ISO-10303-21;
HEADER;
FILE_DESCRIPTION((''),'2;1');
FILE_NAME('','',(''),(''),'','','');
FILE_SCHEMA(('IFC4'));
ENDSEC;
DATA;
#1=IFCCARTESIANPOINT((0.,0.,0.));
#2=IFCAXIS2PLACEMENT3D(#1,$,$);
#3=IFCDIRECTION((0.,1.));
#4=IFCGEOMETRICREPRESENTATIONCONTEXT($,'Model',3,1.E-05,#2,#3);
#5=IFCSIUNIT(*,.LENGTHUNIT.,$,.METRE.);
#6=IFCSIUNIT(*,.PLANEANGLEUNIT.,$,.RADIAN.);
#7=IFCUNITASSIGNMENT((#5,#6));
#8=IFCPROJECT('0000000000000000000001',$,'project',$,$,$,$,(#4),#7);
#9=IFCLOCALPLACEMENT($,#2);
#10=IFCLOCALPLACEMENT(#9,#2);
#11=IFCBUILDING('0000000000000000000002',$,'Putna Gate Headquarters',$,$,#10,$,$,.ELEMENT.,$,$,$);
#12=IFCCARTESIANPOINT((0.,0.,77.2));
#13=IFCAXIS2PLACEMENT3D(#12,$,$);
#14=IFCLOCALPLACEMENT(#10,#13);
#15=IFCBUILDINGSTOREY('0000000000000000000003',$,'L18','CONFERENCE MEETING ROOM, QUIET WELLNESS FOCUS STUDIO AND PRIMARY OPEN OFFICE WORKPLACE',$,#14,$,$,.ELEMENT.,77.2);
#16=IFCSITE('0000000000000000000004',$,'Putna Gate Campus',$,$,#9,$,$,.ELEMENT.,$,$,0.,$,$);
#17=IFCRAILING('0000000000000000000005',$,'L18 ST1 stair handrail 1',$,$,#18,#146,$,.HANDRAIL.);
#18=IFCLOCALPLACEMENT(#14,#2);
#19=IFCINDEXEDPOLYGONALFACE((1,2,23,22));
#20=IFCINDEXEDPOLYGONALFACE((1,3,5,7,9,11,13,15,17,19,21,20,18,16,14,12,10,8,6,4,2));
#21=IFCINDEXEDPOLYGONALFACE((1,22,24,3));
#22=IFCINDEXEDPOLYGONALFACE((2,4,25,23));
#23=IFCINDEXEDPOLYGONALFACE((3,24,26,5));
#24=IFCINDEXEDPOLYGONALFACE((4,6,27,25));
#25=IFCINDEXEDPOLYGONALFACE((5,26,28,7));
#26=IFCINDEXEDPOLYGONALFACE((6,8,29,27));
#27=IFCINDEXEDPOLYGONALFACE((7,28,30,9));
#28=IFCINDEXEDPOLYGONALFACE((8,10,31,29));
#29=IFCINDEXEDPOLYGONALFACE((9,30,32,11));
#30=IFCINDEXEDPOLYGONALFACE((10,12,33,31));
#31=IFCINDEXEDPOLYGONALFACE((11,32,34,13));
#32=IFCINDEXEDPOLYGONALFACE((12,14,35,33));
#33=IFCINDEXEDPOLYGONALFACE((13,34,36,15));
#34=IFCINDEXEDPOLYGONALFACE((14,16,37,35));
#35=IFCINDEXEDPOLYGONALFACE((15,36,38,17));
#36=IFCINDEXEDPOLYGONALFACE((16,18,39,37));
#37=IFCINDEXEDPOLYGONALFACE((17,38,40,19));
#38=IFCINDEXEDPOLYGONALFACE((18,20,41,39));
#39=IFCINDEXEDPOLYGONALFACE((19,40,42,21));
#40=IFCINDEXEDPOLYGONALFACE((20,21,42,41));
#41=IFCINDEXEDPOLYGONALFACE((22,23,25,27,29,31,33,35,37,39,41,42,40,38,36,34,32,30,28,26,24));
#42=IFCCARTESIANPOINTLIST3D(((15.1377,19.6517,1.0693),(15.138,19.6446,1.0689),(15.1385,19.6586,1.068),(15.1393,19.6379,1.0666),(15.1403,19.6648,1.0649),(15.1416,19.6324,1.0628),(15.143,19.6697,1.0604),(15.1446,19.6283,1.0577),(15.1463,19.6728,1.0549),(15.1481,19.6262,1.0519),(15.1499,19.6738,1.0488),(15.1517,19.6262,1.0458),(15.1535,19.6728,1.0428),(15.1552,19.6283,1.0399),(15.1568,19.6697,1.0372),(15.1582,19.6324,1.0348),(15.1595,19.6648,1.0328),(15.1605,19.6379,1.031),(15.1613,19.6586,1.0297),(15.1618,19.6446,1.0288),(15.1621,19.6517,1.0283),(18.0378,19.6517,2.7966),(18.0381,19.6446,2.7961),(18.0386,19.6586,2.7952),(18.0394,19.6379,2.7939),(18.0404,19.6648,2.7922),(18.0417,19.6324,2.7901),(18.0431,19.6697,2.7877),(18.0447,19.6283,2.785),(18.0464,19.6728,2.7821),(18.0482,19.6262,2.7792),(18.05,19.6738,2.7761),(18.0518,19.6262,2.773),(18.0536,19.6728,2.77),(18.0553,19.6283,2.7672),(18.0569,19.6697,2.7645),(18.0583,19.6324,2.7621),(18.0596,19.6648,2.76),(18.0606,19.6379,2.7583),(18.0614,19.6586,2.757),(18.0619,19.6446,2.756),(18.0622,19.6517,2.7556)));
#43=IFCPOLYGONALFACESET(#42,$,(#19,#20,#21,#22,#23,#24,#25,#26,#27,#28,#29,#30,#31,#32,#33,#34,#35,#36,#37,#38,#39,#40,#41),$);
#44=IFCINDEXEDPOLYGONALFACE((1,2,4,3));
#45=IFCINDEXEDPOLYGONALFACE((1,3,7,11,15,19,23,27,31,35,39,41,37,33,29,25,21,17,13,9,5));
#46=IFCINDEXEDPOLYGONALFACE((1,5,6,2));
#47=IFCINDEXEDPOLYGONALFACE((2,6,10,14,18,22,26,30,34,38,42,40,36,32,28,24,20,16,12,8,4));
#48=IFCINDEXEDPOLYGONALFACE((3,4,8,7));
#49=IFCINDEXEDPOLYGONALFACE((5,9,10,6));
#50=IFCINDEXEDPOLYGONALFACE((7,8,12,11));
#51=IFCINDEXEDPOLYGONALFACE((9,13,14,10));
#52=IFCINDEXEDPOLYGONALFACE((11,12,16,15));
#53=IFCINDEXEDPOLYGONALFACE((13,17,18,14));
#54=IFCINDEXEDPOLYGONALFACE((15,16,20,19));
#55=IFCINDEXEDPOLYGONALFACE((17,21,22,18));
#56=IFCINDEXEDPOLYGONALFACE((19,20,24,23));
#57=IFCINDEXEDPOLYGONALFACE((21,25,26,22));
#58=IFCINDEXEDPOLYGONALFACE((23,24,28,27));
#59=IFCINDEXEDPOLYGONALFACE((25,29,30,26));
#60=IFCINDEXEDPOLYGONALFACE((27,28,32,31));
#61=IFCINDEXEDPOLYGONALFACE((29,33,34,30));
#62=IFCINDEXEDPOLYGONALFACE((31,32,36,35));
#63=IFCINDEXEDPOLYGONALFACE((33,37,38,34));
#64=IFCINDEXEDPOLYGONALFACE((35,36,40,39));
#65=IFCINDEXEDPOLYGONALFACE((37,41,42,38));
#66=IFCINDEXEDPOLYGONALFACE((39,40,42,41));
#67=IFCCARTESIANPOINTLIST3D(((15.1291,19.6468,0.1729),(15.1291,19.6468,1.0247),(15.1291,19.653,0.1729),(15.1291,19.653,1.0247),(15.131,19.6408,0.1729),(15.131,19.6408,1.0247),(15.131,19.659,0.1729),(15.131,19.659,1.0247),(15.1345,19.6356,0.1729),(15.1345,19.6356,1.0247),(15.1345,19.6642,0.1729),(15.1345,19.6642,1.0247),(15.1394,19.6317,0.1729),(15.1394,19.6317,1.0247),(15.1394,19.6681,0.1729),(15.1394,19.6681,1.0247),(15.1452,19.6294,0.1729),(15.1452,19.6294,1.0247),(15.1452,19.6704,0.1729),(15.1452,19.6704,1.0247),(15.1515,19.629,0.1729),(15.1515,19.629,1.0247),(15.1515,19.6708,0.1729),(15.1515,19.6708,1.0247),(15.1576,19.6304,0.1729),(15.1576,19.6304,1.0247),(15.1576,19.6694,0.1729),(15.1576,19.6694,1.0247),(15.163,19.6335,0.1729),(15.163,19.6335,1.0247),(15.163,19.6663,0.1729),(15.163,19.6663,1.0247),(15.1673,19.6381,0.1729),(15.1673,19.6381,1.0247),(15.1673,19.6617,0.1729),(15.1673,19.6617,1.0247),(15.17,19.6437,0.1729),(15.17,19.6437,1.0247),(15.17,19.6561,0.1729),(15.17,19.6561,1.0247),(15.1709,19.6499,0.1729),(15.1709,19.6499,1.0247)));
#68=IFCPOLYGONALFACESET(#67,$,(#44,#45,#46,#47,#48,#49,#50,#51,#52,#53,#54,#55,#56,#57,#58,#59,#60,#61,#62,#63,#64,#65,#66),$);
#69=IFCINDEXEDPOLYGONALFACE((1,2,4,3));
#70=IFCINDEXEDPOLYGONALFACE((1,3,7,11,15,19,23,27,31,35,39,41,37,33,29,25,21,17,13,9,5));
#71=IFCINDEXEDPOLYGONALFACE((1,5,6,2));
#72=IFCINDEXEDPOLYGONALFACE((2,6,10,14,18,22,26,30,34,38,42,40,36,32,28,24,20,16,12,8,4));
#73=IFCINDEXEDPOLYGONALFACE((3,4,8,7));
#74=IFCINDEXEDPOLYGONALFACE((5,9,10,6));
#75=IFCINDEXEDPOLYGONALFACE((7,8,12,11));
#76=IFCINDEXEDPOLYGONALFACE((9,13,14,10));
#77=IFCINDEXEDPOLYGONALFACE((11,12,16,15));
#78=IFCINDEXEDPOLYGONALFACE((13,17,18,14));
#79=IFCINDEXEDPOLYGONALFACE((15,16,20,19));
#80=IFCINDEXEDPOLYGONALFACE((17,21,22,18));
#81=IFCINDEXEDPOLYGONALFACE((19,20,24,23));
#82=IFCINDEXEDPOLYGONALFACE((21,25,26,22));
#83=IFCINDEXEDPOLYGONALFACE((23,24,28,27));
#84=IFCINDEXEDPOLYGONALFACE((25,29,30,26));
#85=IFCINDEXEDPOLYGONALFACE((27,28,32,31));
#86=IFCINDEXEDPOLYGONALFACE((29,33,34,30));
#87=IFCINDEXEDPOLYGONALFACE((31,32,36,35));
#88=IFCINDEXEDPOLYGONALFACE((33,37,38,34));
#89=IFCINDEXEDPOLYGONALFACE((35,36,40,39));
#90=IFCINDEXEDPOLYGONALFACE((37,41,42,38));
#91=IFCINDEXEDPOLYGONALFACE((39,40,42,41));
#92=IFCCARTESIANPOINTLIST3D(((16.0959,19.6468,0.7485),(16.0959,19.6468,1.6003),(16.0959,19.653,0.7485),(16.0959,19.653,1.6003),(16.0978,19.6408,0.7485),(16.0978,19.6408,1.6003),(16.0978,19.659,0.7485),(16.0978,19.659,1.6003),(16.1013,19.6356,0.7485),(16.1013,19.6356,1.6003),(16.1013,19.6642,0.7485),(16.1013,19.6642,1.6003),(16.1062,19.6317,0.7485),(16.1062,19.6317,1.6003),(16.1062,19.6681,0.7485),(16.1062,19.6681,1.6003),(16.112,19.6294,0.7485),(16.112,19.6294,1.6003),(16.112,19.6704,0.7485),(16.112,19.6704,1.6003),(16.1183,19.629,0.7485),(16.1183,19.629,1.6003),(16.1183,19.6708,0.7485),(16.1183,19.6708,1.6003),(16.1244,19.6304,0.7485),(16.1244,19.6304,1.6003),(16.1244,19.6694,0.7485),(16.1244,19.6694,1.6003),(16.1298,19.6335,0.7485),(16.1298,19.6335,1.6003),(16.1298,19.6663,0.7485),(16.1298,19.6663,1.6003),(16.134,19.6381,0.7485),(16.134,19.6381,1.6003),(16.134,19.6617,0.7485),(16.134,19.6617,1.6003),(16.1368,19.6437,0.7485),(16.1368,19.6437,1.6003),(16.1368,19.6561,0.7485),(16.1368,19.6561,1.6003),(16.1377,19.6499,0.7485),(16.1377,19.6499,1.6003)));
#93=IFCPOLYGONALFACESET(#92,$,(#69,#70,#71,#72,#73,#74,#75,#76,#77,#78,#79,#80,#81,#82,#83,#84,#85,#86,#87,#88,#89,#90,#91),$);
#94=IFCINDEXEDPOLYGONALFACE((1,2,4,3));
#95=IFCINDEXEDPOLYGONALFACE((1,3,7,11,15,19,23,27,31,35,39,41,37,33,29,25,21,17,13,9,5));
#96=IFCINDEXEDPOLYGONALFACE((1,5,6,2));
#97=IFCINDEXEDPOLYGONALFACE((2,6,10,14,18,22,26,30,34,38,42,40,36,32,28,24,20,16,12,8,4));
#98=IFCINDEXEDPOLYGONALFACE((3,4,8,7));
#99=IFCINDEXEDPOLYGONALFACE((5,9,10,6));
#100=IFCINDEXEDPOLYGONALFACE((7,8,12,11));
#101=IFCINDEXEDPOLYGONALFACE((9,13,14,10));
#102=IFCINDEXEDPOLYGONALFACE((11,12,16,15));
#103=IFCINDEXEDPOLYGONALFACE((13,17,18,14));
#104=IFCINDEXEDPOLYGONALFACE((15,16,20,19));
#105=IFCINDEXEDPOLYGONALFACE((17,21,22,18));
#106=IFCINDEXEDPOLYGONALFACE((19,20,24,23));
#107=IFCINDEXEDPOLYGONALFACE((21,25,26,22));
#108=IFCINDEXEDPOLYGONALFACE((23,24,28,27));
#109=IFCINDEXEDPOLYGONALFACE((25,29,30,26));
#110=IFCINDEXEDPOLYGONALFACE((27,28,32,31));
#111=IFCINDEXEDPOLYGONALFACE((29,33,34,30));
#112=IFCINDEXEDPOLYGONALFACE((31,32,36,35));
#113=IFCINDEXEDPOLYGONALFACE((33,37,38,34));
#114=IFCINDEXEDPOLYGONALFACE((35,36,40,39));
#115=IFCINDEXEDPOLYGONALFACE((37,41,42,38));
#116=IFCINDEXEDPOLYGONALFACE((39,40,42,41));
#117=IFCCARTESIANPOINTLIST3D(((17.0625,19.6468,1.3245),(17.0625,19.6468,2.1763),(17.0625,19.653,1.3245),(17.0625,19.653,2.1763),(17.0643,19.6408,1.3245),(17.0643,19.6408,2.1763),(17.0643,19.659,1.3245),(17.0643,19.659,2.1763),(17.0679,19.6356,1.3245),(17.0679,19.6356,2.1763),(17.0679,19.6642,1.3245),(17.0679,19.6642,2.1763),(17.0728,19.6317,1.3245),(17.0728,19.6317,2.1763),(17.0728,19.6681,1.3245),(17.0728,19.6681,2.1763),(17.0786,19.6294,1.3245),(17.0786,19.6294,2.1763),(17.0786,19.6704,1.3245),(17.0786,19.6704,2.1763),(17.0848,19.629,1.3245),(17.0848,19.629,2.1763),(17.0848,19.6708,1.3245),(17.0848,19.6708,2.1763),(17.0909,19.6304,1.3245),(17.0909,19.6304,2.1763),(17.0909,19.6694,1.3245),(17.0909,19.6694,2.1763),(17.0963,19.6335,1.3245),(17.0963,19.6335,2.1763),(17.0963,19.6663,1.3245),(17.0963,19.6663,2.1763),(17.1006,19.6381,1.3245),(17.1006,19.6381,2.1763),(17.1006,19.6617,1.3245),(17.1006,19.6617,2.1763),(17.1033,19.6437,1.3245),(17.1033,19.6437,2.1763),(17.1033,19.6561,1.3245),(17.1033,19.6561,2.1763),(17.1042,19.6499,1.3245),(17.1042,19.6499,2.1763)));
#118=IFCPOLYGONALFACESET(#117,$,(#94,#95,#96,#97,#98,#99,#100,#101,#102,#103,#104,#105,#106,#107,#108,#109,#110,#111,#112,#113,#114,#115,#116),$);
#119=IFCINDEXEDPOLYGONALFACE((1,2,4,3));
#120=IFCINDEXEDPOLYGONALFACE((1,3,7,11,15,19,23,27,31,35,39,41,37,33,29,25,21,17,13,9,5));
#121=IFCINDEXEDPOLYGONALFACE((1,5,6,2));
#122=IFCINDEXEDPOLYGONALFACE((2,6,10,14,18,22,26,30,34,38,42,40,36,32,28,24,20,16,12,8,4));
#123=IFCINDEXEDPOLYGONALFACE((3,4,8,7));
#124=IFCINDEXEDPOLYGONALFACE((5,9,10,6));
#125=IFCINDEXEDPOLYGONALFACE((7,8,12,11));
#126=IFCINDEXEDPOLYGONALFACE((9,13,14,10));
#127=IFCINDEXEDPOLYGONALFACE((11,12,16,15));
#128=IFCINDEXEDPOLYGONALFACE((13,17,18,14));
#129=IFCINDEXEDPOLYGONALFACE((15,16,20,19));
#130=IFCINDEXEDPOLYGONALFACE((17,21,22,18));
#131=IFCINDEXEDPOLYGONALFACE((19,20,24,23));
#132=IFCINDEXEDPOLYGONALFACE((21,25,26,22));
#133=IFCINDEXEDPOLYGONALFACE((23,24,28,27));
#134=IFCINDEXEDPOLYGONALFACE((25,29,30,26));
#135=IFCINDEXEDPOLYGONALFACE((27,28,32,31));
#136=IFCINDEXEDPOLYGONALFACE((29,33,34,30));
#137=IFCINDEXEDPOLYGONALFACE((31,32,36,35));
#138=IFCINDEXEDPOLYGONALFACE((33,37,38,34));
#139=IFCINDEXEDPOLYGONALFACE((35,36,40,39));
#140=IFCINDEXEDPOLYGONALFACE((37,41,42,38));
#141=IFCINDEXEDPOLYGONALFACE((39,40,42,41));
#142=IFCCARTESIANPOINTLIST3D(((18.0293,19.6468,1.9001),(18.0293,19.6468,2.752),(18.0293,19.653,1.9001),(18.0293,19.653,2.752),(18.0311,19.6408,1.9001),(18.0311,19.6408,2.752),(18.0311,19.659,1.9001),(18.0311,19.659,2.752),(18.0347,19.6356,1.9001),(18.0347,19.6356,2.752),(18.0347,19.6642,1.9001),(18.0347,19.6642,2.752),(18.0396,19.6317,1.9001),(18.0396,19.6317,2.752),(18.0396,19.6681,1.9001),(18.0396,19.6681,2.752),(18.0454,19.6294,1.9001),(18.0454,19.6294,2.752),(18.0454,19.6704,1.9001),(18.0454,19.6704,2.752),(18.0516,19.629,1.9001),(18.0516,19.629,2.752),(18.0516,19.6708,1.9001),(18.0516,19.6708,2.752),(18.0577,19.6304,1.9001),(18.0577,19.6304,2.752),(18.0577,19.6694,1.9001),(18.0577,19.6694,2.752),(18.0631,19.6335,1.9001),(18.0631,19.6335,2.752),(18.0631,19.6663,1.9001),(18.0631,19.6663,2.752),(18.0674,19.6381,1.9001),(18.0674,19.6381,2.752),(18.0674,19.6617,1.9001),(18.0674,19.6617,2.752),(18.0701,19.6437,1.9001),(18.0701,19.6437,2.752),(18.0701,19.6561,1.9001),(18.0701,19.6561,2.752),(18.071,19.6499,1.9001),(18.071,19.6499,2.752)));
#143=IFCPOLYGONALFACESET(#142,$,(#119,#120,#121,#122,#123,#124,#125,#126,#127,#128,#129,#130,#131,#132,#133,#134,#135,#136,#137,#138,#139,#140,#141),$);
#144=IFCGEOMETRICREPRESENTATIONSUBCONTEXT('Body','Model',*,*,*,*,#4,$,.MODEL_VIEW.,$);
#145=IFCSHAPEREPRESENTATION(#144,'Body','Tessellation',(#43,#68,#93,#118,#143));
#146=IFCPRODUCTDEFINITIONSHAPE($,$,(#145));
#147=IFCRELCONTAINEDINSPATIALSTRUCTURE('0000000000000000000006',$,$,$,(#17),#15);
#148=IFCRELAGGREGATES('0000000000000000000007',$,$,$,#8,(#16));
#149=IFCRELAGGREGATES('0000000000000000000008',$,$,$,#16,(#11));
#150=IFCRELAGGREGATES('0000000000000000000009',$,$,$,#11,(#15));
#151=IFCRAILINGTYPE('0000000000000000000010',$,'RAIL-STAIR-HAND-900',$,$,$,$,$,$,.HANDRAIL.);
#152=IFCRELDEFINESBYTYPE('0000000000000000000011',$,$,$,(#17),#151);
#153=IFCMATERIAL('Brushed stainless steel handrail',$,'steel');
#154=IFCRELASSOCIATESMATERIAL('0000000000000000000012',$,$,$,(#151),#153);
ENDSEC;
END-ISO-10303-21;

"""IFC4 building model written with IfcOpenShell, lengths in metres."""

from ifc_helpers import new_model, si_unit, direction, frame, origin, origin_2d, place, context, subcontext, project, spatial, circle, extrude, material, type_object, element, save


model = new_model("IFC4")

# Units and contexts
model_context = context("Model", 3, precision=1e-05, world=origin(), true_north=direction((0.0, 1.0)))
body_context = subcontext(model_context, "Body", "Model", "MODEL_VIEW")
ifc_project = project(units=[si_unit("LENGTHUNIT", "METRE"), si_unit("PLANEANGLEUNIT", "RADIAN")], contexts=[model_context])

# Site, building, storey
site_placement = place(None, origin())
site = spatial("IfcSite", under=ifc_project, at=site_placement, Name="Putna Gate Campus", CompositionType="ELEMENT", RefElevation=0.0)
building_placement = place(site_placement, origin())
building = spatial("IfcBuilding", under=site, at=building_placement, Name="Putna Gate Headquarters", CompositionType="ELEMENT")
storey_placement = place(building_placement, frame((0.0, 0.0, 77.2)))
storey = spatial("IfcBuildingStorey", under=building, at=storey_placement, Name="L18", Description="CONFERENCE MEETING ROOM, QUIET WELLNESS FOCUS STUDIO AND PRIMARY OPEN OFFICE WORKPLACE", CompositionType="ELEMENT", Elevation=77.2)

# Railing
ifc_material_1 = material(Name="Brushed stainless steel handrail", Category="steel")
railing_type_1 = type_object("IfcRailingType", Name="RAIL-STAIR-HAND-900", PredefinedType="HANDRAIL", material=ifc_material_1)
railing_1_placement = place(storey_placement, frame((15.1499, 19.6499, 0.1729)))
element("IfcRailing", 1, at=railing_1_placement, inside=storey, type_object=railing_type_1, Name="L18 ST1 stair handrail 1", PredefinedType="HANDRAIL", context=body_context, shape_type="SweptSolid", body=[
    extrude(circle(Radius=0.0239, at=origin_2d()), frame((0.0, 0.0, 0.876), z_axis=(0.85916, 0.0, 0.511706), x_axis=(0.0, 1.0, 0.0)), (0.0, 0.0, 1.0), 3.3755),
    extrude(circle(Radius=0.021, at=origin_2d()), origin(), (0.0, 0.0, 1.0), 0.8518),
    extrude(circle(Radius=0.021, at=origin_2d()), frame((0.9668, 0.0, 0.5757)), (0.0, 0.0, 1.0), 0.8518),
    extrude(circle(Radius=0.021, at=origin_2d()), frame((1.9333, 0.0, 1.1516)), (0.0, 0.0, 1.0), 0.8518),
    extrude(circle(Radius=0.021, at=origin_2d()), frame((2.9001, 0.0, 1.7273)), (0.0, 0.0, 1.0), 0.8518),
])

save(model, "model.ifc")
